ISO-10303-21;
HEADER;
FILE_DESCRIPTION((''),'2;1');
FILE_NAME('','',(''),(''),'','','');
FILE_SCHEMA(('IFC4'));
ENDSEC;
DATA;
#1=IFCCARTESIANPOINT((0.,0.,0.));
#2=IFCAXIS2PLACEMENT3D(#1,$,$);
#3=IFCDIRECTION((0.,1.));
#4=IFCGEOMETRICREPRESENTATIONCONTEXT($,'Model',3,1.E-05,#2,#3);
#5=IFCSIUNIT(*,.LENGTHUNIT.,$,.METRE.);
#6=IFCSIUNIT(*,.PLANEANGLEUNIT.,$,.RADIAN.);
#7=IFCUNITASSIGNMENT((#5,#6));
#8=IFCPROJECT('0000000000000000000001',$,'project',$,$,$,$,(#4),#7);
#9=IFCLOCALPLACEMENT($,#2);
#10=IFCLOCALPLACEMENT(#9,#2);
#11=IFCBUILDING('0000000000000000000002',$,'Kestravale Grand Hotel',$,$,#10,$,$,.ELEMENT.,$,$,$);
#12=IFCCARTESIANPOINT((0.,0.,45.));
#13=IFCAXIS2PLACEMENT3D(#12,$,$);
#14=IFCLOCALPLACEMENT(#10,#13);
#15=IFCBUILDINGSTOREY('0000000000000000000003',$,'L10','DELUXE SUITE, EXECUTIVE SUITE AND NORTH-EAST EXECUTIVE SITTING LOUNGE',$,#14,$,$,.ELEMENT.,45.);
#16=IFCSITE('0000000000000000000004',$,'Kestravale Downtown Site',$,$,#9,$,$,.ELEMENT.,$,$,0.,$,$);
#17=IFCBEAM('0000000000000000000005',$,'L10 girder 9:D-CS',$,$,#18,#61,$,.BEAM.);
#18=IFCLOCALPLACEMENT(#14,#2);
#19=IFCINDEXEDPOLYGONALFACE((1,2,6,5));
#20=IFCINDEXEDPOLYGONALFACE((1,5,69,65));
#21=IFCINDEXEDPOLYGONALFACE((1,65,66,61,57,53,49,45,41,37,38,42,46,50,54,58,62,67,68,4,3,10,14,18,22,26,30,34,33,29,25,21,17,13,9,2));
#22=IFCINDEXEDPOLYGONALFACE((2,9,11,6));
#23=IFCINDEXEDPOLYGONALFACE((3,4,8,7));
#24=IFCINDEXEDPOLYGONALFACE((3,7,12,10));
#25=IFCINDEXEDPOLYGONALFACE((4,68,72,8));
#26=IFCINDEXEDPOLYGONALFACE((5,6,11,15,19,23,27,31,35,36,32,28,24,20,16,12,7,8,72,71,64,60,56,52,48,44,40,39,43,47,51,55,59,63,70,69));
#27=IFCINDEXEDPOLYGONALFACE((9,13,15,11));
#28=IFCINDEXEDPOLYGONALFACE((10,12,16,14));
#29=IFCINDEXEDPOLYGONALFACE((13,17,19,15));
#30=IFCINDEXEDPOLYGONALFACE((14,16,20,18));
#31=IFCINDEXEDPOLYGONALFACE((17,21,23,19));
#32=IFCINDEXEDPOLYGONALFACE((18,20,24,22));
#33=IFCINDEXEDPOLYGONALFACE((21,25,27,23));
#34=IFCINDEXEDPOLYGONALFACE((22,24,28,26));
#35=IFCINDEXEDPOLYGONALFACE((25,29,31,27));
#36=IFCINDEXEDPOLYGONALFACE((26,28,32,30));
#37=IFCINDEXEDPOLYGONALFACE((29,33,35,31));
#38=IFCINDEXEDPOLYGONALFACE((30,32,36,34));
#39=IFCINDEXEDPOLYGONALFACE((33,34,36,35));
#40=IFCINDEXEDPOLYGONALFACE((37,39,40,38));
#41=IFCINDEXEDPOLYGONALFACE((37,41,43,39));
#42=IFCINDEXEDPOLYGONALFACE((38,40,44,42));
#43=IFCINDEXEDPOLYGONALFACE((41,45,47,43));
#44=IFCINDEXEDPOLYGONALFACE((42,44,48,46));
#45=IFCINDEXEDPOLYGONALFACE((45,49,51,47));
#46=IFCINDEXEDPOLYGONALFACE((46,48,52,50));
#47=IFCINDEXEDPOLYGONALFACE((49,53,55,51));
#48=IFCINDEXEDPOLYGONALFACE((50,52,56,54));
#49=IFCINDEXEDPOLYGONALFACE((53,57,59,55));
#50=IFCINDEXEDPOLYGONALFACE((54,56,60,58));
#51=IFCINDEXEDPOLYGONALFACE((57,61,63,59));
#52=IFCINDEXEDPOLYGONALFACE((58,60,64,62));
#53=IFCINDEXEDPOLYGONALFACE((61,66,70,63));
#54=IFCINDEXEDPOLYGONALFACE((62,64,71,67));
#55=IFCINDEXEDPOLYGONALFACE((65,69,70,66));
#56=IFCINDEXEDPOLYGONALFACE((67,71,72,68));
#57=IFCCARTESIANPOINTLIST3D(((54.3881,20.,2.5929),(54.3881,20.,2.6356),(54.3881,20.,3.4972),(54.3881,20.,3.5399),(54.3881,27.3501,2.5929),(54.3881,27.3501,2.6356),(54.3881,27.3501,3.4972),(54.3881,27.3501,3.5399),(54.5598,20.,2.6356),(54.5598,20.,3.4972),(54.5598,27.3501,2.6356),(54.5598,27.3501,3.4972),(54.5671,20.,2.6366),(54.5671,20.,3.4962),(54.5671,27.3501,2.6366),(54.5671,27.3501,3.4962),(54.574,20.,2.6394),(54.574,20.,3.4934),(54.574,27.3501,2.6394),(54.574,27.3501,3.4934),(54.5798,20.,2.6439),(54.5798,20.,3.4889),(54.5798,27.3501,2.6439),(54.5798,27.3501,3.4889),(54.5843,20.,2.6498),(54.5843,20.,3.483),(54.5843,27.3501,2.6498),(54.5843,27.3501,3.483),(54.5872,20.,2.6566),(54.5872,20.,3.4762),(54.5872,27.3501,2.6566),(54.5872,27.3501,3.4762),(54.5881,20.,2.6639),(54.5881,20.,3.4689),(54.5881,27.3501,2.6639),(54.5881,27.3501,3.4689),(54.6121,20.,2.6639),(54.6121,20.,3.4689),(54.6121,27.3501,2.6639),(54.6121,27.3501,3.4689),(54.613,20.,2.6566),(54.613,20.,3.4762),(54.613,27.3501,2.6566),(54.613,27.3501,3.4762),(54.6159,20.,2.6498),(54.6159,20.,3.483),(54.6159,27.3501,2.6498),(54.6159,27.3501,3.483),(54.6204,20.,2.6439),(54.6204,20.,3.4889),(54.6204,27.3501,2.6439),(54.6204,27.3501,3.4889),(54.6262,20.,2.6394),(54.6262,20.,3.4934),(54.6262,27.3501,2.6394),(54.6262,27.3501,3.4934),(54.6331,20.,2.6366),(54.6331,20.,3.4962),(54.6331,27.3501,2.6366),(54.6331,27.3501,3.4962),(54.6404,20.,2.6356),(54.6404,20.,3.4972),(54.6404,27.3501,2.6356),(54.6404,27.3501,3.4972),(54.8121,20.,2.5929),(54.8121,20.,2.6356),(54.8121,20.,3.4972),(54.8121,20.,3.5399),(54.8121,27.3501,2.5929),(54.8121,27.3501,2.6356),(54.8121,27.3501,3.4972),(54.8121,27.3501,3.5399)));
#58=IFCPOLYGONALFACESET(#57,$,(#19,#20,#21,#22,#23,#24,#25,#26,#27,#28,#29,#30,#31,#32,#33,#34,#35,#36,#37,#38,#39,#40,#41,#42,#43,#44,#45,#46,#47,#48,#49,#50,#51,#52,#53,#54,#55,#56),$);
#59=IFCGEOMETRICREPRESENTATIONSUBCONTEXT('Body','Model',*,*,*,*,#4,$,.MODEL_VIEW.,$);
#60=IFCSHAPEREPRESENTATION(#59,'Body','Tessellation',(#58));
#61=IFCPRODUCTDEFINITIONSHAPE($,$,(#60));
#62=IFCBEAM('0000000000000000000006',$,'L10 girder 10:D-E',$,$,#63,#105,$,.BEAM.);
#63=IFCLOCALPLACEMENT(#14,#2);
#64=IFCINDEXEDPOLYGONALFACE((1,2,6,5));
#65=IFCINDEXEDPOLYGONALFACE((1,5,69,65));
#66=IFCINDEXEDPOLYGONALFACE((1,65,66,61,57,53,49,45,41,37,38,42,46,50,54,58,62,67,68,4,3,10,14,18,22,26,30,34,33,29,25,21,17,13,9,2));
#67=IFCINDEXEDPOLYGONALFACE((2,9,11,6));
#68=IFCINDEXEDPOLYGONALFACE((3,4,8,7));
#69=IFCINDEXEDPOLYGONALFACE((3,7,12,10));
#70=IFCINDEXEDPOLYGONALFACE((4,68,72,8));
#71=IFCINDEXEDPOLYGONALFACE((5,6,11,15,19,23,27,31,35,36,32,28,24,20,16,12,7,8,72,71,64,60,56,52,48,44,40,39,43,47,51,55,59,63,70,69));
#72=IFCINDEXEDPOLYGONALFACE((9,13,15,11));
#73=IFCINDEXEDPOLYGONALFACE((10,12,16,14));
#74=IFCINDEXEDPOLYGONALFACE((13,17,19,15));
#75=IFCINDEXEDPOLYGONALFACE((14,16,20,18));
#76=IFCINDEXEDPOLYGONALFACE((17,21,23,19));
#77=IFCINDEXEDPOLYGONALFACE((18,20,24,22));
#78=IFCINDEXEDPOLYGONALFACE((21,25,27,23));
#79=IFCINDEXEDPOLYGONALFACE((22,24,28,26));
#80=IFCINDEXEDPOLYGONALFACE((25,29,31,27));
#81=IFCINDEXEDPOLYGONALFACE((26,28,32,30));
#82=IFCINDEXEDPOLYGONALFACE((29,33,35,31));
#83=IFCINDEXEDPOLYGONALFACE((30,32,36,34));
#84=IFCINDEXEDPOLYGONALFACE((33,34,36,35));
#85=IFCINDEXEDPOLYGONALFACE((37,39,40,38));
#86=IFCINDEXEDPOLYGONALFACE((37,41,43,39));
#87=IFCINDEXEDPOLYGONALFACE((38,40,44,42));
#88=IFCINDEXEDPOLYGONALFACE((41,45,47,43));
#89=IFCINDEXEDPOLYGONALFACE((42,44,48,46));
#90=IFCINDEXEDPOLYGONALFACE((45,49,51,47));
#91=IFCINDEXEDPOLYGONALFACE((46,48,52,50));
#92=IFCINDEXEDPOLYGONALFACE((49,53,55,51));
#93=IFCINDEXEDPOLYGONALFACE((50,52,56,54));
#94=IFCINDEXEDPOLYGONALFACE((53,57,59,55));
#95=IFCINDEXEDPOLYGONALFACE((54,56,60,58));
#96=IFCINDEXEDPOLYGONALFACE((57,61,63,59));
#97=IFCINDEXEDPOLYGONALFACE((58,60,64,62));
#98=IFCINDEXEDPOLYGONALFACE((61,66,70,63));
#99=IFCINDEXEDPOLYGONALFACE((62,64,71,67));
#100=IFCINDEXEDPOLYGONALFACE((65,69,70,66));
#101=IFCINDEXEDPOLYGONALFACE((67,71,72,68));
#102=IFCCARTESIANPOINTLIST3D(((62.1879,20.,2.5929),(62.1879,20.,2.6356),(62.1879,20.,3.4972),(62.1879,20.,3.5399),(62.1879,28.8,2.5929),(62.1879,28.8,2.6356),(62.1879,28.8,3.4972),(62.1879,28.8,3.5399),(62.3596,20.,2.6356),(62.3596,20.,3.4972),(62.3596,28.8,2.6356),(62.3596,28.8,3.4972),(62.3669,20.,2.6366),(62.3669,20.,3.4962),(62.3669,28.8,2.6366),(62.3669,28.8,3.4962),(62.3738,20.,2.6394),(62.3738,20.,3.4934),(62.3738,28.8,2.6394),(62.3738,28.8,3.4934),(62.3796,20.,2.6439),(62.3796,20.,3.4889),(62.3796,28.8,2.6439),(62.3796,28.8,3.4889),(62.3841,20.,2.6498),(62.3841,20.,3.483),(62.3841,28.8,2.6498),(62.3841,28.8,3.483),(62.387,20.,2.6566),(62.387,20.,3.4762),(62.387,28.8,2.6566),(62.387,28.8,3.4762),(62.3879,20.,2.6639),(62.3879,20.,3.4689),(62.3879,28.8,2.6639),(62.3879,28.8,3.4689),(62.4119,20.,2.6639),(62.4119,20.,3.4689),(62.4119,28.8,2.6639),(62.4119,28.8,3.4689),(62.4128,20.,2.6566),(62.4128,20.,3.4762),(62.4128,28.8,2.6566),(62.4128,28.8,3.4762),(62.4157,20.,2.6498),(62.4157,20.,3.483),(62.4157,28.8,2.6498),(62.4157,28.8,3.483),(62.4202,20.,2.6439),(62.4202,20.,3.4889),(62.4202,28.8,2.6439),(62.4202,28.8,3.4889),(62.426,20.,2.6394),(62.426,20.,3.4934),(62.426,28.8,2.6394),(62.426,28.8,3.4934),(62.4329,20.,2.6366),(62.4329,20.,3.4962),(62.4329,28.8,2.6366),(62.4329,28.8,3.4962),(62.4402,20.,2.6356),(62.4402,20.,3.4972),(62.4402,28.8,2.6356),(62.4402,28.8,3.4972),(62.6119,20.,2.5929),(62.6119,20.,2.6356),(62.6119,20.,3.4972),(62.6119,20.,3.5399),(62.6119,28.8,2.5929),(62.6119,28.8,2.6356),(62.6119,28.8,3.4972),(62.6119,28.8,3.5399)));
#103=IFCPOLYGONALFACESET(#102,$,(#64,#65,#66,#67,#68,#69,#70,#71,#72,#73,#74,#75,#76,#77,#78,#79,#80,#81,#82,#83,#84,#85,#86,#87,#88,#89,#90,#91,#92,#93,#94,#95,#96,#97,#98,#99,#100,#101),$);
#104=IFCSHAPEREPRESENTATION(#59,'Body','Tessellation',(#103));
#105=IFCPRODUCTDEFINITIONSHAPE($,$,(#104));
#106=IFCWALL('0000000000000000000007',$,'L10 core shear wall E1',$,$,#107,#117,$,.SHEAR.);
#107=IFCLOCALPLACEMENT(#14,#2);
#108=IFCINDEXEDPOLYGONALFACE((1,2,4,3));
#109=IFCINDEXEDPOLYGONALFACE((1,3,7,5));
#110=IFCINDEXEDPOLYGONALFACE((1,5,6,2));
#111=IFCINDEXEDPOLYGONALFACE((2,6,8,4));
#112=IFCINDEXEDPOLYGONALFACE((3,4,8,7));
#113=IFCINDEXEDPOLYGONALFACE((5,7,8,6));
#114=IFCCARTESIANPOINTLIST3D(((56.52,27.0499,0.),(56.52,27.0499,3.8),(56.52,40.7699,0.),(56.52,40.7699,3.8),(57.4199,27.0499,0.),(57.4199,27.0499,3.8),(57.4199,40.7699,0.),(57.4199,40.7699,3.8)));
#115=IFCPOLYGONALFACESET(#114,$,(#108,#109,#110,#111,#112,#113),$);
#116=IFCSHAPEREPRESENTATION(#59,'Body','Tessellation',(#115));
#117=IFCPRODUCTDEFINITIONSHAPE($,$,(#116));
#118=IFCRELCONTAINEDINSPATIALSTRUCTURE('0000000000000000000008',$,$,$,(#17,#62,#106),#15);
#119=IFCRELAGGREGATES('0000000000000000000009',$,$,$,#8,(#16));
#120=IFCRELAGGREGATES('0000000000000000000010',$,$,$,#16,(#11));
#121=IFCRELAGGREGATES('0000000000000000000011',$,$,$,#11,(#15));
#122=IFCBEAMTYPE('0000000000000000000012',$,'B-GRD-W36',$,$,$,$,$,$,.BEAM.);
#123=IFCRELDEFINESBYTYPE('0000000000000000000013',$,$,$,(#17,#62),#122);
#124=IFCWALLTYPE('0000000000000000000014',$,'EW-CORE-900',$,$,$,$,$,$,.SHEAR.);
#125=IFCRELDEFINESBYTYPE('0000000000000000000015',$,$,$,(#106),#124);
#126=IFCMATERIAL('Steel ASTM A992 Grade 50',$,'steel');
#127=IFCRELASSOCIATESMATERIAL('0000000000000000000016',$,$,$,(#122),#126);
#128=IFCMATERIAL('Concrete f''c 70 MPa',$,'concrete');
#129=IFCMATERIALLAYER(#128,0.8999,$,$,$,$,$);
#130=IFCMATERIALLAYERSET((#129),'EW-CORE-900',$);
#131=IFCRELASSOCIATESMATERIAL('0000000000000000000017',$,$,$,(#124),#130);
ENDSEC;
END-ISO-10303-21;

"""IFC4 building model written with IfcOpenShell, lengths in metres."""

from ifc_helpers import new_model, si_unit, direction, frame, frame_2d, origin, origin_2d, place, context, subcontext, project, spatial, rectangle, i_section, extrude, material, layer, layer_set, material_profile, profile_set, type_object, element, save


model = new_model("IFC4")

# Units and contexts
model_context = context("Model", 3, precision=1e-05, world=origin(), true_north=direction((0.0, 1.0)))
body_context = subcontext(model_context, "Body", "Model", "MODEL_VIEW")
ifc_project = project(units=[si_unit("LENGTHUNIT", "METRE"), si_unit("PLANEANGLEUNIT", "RADIAN")], contexts=[model_context])

# Site, building, storey
site_placement = place(None, origin())
site = spatial("IfcSite", under=ifc_project, at=site_placement, Name="Kestravale Downtown Site", CompositionType="ELEMENT", RefElevation=0.0)
building_placement = place(site_placement, origin())
building = spatial("IfcBuilding", under=site, at=building_placement, Name="Kestravale Grand Hotel", CompositionType="ELEMENT")
storey_placement = place(building_placement, frame((0.0, 0.0, 45.0)))
storey = spatial("IfcBuildingStorey", under=building, at=storey_placement, Name="L10", Description="DELUXE SUITE, EXECUTIVE SUITE AND NORTH-EAST EXECUTIVE SITTING LOUNGE", CompositionType="ELEMENT", Elevation=45.0)

# Beams
ifc_material_1 = material(Name="Steel ASTM A992 Grade 50", Category="steel")
ifc_material_profile_1 = material_profile(ifc_material_1, i_section(OverallWidth=0.4241, OverallDepth=0.947, WebThickness=0.0239, FlangeThickness=0.0427, FilletRadius=0.0283, at=origin_2d()))
ifc_profile_set_1 = profile_set([ifc_material_profile_1], Name="Steel ASTM A992 Grade 50")
beam_type_1 = type_object("IfcBeamType", Name="B-GRD-W36", PredefinedType="BEAM", material=ifc_profile_set_1)
beam_1_placement = place(storey_placement, frame((54.6001, 20.0, 3.0664), z_axis=(0.0, 1.0, 0.0), x_axis=(-1.0, 0.0, 0.0)))
element("IfcBeam", 1, at=beam_1_placement, inside=storey, type_object=beam_type_1, Name="L10 girder 9:D-CS", PredefinedType="BEAM", context=body_context, shape_type="SweptSolid", body=[
    extrude(i_section(OverallWidth=0.4241, OverallDepth=0.947, WebThickness=0.0239, FlangeThickness=0.0427, FilletRadius=0.0283, at=origin_2d()), origin(), (0.0, 0.0, 1.0), 7.3501),
])
beam_2_placement = place(storey_placement, frame((62.3999, 20.0, 3.0664), z_axis=(0.0, 1.0, 0.0), x_axis=(-1.0, 0.0, 0.0)))
element("IfcBeam", 2, at=beam_2_placement, inside=storey, type_object=beam_type_1, Name="L10 girder 10:D-E", PredefinedType="BEAM", context=body_context, shape_type="SweptSolid", body=[
    extrude(i_section(OverallWidth=0.4241, OverallDepth=0.947, WebThickness=0.0239, FlangeThickness=0.0427, FilletRadius=0.0283, at=origin_2d()), origin(), (0.0, 0.0, 1.0), 8.8),
])

# Wall
ifc_material_2 = material(Name="Concrete f'c 70 MPa", Category="concrete")
ifc_layer_1 = layer(ifc_material_2, 0.8999)
ifc_layer_set_1 = layer_set([ifc_layer_1], Name="EW-CORE-900")
wall_type_1 = type_object("IfcWallType", Name="EW-CORE-900", PredefinedType="SHEAR", material=ifc_layer_set_1)
wall_1_placement = place(storey_placement, frame((56.97, 27.05, 0.0), z_axis=(0.0, 0.0, 1.0), x_axis=(0.0, 1.0, 0.0)))
element("IfcWall", 3, at=wall_1_placement, inside=storey, type_object=wall_type_1, Name="L10 core shear wall E1", PredefinedType="SHEAR", context=body_context, shape_type="SweptSolid", body=[
    extrude(rectangle(XDim=13.72, YDim=0.8999, at=frame_2d((6.8599, 0.0))), origin(), (0.0, 0.0, 1.0), 3.8),
])

save(model, "model.ifc")
